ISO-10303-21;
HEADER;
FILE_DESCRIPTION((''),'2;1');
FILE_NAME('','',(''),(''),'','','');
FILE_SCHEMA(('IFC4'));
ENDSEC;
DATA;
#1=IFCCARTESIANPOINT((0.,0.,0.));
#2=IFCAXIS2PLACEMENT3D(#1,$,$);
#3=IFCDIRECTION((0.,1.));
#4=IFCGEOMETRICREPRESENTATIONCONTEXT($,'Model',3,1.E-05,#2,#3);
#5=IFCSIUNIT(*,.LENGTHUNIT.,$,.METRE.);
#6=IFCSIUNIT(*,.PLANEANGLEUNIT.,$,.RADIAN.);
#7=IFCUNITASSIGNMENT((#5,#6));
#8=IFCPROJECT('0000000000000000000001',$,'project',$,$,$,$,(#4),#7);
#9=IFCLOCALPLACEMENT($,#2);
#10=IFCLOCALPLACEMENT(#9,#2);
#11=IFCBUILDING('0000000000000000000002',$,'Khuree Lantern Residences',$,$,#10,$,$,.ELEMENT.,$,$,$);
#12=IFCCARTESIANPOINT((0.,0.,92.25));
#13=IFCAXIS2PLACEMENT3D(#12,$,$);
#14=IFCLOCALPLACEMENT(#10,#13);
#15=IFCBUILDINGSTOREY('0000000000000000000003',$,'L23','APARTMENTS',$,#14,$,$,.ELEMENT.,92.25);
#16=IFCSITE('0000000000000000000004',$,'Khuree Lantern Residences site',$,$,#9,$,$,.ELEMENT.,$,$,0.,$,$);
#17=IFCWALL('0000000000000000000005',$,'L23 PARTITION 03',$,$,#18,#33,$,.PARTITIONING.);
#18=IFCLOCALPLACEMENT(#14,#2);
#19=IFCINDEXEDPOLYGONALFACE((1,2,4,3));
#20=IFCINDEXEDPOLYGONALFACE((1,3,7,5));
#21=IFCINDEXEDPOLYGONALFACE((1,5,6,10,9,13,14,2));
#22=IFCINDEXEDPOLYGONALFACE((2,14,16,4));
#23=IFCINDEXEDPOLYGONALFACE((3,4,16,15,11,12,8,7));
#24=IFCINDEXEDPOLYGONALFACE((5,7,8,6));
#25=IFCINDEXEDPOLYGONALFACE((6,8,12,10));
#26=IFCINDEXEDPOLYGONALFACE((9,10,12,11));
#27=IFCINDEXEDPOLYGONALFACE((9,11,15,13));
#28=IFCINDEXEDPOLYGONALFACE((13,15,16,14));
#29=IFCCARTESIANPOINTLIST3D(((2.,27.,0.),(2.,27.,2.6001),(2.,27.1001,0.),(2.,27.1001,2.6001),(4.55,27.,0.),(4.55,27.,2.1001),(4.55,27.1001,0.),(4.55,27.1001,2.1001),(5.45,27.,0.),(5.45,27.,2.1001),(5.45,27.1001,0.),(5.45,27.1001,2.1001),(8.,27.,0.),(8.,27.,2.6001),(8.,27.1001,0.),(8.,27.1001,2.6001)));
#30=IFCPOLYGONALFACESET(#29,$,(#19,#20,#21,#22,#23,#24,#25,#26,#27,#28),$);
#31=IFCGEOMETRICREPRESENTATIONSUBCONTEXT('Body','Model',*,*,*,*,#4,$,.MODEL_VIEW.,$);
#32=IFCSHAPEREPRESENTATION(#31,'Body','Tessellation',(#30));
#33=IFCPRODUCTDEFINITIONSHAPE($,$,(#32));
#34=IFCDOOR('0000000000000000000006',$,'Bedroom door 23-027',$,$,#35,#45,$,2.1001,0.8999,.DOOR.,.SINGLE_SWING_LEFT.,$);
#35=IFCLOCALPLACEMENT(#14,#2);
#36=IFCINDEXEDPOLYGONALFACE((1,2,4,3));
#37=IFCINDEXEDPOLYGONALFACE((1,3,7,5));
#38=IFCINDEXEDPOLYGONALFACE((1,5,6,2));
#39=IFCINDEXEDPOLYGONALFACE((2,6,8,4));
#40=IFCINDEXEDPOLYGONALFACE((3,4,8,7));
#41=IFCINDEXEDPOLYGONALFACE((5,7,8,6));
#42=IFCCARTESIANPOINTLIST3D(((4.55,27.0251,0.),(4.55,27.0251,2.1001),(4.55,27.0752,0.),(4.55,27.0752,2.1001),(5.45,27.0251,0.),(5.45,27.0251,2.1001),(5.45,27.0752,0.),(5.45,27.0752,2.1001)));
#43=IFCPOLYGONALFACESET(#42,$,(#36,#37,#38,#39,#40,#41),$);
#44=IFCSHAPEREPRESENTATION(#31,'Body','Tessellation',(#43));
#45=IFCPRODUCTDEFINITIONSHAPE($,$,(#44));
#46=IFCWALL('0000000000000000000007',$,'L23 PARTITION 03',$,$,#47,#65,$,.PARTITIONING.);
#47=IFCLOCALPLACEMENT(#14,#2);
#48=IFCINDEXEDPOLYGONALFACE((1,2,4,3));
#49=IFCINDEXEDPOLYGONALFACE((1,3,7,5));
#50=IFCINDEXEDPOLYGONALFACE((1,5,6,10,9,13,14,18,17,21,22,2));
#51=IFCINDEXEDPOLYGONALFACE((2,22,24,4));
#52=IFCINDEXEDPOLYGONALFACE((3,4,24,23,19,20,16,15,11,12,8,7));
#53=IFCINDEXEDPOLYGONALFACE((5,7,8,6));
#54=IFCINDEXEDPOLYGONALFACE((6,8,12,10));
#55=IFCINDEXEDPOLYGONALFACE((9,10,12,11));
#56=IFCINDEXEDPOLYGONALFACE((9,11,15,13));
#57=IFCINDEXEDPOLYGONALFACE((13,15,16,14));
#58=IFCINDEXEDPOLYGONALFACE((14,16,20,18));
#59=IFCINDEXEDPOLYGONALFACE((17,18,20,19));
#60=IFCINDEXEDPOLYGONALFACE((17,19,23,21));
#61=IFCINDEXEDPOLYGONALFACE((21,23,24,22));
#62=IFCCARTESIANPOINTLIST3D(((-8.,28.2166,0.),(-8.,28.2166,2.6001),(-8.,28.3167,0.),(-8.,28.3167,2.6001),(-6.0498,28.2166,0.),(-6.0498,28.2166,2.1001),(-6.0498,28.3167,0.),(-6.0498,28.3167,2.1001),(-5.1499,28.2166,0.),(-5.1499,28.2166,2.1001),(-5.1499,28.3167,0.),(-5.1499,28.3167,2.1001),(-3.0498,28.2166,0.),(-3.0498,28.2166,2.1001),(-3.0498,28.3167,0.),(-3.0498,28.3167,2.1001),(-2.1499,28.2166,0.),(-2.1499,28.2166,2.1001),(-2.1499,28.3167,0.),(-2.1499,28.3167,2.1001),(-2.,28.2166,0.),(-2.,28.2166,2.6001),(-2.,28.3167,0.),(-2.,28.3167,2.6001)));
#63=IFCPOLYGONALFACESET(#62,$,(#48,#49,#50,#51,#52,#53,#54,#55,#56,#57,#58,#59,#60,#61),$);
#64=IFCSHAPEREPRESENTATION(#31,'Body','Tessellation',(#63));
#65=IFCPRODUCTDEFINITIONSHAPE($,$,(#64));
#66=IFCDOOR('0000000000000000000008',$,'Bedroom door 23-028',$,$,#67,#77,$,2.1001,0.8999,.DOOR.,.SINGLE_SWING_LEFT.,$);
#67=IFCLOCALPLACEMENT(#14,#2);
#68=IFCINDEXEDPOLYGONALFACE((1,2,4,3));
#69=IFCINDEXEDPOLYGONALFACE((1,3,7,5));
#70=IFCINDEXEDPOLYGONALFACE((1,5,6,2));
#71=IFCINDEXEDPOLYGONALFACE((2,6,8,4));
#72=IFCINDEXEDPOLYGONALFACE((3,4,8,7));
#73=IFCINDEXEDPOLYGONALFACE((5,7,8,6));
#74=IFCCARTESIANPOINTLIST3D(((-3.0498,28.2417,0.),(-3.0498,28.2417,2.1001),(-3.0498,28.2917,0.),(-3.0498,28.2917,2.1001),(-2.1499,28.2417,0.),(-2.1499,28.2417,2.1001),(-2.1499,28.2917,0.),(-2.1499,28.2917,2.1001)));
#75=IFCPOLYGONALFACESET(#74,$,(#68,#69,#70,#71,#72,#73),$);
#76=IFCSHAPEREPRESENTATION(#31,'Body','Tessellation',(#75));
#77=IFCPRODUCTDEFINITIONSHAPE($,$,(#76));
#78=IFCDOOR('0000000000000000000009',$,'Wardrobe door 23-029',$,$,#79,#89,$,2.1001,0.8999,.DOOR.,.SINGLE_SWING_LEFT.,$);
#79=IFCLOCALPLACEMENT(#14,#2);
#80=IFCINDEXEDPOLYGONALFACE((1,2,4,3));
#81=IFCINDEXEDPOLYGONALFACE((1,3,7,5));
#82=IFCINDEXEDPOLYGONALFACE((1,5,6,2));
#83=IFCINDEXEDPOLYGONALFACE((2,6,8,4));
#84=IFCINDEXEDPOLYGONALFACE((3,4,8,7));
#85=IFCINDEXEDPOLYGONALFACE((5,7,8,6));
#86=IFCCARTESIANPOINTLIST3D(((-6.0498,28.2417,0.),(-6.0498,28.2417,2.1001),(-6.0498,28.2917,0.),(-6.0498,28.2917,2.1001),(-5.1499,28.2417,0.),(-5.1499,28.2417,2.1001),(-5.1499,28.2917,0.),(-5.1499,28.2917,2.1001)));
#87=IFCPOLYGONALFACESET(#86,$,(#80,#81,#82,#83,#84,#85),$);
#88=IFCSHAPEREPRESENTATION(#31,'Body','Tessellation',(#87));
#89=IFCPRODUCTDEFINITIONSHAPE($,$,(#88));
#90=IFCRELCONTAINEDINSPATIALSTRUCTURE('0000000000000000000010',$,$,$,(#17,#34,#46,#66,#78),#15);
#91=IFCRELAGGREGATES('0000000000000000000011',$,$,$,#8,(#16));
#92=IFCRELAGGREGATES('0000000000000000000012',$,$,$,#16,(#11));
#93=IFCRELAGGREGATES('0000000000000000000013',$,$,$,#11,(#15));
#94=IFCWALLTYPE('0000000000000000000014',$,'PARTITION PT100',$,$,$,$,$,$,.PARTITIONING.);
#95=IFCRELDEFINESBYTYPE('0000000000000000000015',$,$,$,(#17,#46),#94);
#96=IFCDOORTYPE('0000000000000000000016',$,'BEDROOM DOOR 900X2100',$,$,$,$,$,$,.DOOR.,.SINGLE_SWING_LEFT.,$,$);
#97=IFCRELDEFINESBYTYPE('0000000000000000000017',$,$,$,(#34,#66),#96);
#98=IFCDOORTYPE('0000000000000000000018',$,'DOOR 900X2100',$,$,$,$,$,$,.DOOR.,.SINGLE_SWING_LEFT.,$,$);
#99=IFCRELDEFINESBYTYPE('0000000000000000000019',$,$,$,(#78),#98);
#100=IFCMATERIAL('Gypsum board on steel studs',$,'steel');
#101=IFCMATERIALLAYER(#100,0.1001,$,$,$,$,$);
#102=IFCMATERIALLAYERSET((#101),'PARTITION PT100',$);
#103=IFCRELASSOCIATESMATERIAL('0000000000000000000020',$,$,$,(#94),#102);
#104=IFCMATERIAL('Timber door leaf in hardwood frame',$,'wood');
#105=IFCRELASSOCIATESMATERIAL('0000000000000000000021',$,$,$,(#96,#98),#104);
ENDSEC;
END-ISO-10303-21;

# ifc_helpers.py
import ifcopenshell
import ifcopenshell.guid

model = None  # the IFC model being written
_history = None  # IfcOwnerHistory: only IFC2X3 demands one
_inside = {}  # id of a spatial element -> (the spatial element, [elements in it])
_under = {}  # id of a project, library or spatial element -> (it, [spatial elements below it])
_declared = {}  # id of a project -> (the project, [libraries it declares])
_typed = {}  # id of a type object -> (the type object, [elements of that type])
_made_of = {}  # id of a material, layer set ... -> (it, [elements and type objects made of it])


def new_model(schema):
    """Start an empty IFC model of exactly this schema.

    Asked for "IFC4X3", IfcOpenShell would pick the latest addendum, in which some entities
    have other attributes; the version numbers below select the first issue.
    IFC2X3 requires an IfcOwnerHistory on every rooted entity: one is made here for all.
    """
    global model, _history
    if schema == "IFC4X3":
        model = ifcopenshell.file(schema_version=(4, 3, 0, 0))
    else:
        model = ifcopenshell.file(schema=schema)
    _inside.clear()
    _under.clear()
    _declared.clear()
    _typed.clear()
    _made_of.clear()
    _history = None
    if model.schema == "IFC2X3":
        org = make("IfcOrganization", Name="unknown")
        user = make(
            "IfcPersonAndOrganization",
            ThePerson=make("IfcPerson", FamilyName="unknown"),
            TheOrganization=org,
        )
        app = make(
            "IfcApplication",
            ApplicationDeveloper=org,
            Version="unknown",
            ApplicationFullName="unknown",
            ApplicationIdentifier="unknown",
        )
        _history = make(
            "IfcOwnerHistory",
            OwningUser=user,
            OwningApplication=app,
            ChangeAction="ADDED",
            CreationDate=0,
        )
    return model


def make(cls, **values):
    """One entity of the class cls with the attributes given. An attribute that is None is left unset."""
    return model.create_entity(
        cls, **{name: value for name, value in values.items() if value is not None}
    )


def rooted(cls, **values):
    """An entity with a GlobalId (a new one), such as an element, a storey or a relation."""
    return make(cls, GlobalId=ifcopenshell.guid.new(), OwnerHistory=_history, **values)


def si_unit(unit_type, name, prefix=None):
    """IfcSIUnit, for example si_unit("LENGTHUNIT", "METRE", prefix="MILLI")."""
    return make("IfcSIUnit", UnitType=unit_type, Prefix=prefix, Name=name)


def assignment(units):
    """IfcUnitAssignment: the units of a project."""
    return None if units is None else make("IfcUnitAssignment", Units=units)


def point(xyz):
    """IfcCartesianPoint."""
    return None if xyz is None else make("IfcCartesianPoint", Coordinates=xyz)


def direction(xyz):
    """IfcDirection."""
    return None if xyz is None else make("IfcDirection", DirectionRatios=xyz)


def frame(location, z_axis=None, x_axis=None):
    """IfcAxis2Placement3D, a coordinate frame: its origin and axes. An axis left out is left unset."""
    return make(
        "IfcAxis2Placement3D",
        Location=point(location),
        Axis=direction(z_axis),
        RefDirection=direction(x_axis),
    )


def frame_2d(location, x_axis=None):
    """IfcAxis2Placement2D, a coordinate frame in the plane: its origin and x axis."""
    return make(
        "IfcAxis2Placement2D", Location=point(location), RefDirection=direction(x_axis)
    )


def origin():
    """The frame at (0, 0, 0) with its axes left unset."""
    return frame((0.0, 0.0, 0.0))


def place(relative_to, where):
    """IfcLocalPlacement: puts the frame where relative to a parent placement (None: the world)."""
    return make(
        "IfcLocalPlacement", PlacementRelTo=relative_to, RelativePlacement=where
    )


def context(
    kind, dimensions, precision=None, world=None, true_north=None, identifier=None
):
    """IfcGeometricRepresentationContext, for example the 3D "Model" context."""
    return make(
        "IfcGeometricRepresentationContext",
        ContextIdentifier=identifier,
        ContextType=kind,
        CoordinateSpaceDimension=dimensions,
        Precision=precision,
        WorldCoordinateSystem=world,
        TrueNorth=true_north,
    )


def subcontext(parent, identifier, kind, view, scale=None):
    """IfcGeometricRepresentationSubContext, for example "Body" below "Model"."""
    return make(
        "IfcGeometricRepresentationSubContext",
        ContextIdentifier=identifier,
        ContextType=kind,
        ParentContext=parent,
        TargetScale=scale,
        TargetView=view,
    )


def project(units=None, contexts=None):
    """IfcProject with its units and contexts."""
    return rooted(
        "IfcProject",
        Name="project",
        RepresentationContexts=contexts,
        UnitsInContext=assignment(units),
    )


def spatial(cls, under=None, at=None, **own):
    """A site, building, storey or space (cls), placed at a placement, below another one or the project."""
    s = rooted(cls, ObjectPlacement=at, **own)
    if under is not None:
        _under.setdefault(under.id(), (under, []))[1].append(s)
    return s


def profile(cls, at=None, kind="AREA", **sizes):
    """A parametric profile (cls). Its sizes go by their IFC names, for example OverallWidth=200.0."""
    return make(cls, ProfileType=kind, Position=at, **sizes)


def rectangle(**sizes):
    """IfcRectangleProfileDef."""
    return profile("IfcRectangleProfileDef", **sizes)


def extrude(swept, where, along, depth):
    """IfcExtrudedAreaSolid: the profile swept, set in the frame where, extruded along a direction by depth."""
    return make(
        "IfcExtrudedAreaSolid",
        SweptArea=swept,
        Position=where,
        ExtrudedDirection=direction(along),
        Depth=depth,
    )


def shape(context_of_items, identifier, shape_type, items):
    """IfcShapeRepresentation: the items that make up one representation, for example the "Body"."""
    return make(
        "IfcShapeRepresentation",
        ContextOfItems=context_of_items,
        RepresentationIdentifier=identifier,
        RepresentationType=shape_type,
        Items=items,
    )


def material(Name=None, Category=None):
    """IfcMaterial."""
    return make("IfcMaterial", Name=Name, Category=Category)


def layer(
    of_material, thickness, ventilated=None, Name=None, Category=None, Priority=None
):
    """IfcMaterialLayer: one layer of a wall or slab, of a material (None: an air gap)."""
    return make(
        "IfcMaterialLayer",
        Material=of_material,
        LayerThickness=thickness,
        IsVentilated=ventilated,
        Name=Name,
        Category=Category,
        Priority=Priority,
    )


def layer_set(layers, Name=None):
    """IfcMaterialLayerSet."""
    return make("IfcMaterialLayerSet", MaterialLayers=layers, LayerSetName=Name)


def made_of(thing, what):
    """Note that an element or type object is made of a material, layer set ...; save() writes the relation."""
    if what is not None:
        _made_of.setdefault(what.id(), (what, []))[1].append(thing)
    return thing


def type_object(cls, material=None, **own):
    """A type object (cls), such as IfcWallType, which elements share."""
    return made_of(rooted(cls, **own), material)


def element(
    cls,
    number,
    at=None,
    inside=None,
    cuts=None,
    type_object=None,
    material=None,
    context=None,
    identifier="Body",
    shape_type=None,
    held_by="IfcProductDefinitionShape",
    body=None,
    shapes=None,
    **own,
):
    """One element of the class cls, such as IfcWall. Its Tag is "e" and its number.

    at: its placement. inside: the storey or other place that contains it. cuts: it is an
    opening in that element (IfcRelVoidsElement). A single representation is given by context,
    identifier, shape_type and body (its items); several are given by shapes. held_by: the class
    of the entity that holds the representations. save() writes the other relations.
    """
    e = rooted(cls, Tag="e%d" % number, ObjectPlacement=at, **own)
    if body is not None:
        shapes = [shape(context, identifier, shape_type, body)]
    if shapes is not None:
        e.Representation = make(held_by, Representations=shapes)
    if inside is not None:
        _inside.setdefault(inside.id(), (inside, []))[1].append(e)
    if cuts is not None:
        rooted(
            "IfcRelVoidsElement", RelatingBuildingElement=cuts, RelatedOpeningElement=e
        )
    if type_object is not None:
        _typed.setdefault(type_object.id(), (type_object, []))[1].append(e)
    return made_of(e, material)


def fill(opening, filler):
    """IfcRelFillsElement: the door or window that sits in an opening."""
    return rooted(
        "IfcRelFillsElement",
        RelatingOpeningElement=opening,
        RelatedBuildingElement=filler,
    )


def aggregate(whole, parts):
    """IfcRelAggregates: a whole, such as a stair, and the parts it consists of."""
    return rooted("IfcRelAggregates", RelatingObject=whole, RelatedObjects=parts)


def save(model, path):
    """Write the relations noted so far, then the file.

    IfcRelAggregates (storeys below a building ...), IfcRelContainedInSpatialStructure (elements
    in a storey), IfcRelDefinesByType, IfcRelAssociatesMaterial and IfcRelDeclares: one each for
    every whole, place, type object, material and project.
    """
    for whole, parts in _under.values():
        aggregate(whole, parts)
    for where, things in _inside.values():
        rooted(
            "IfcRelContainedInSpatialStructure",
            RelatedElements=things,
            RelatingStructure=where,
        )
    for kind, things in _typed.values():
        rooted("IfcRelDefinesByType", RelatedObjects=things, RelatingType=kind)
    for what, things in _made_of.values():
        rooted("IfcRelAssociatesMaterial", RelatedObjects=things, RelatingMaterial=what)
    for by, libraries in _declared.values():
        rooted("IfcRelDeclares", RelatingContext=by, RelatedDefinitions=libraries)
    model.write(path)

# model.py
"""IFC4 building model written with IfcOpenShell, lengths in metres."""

from ifc_helpers import new_model, si_unit, direction, frame, frame_2d, origin, place, context, subcontext, project, spatial, rectangle, extrude, material, layer, layer_set, type_object, element, fill, save


model = new_model("IFC4")

# Units and contexts
model_context = context("Model", 3, precision=1e-05, world=origin(), true_north=direction((0.0, 1.0)))
body_context = subcontext(model_context, "Body", "Model", "MODEL_VIEW")
ifc_project = project(units=[si_unit("LENGTHUNIT", "METRE"), si_unit("PLANEANGLEUNIT", "RADIAN")], contexts=[model_context])

# Site, building, storey
site_placement = place(None, origin())
site = spatial("IfcSite", under=ifc_project, at=site_placement, Name="Khuree Lantern Residences site", CompositionType="ELEMENT", RefElevation=0.0)
building_placement = place(site_placement, origin())
building = spatial("IfcBuilding", under=site, at=building_placement, Name="Khuree Lantern Residences", CompositionType="ELEMENT")
storey_placement = place(building_placement, frame((0.0, 0.0, 92.25)))
storey = spatial("IfcBuildingStorey", under=building, at=storey_placement, Name="L23", Description="APARTMENTS", CompositionType="ELEMENT", Elevation=92.25)

# Shared definitions
ifc_material_1 = material(Name="Timber door leaf in hardwood frame", Category="wood")

# Shared definitions
ifc_material_2 = material(Name="Gypsum board on steel studs", Category="steel")
ifc_layer_1 = layer(ifc_material_2, 0.1001)
ifc_layer_set_1 = layer_set([ifc_layer_1], Name="PARTITION PT100")
wall_type_1 = type_object("IfcWallType", Name="PARTITION PT100", PredefinedType="PARTITIONING", material=ifc_layer_set_1)

# Wall, opening, door
door_type_1 = type_object("IfcDoorType", Name="BEDROOM DOOR 900X2100", OperationType="SINGLE_SWING_LEFT", PredefinedType="DOOR", material=ifc_material_1)
wall_1_placement = place(storey_placement, frame((8.0, 27.05, 0.0), z_axis=(0.0, 0.0, 1.0), x_axis=(-1.0, 0.0, 0.0)))
wall_1 = element("IfcWall", 1, at=wall_1_placement, inside=storey, type_object=wall_type_1, Name="L23 PARTITION 03", PredefinedType="PARTITIONING", context=body_context, shape_type="SweptSolid", body=[
    extrude(rectangle(XDim=6.0, YDim=0.1001, at=frame_2d((3.0, 0.0))), origin(), (0.0, 0.0, 1.0), 2.6001),
])
opening_1_placement = place(wall_1_placement, frame((2.55, 0.0, 0.0)))
opening_1 = element("IfcOpeningElement", 2, at=opening_1_placement, cuts=wall_1, PredefinedType="OPENING", context=body_context, shape_type="SweptSolid", body=[
    extrude(rectangle(XDim=0.8999, YDim=2.1001, at=frame_2d((0.45, 1.05))), frame((0.0, 0.0601, 0.0), z_axis=(0.0, -1.0, 0.0), x_axis=(1.0, 0.0, 0.0)), (0.0, 0.0, 1.0), 0.1201),
])
door_1_placement = place(opening_1_placement, origin())
door_1 = element("IfcDoor", 3, at=door_1_placement, inside=storey, type_object=door_type_1, Name="Bedroom door 23-027", OperationType="SINGLE_SWING_LEFT", OverallHeight=2.1001, OverallWidth=0.8999, PredefinedType="DOOR", context=body_context, shape_type="SweptSolid", body=[
    extrude(rectangle(XDim=0.8999, YDim=2.1001, at=frame_2d((0.45, 1.05))), frame((0.0, 0.0249, 0.0), z_axis=(0.0, -1.0, 0.0), x_axis=(1.0, 0.0, 0.0)), (0.0, 0.0, 1.0), 0.05),
])
fill(opening_1, door_1)

# Wall, openings, doors
wall_2_placement = place(storey_placement, frame((-2.0, 28.2666, 0.0), z_axis=(0.0, 0.0, 1.0), x_axis=(-1.0, 0.0, 0.0)))
wall_2 = element("IfcWall", 4, at=wall_2_placement, inside=storey, type_object=wall_type_1, Name="L23 PARTITION 03", PredefinedType="PARTITIONING", context=body_context, shape_type="SweptSolid", body=[
    extrude(rectangle(XDim=6.0, YDim=0.1001, at=frame_2d((3.0, 0.0))), origin(), (0.0, 0.0, 1.0), 2.6001),
])
opening_2_placement = place(wall_2_placement, frame((0.1499, 0.0, 0.0)))
opening_2 = element("IfcOpeningElement", 5, at=opening_2_placement, cuts=wall_2, PredefinedType="OPENING", context=body_context, shape_type="SweptSolid", body=[
    extrude(rectangle(XDim=0.8999, YDim=2.1001, at=frame_2d((0.45, 1.05))), frame((0.0, 0.0601, 0.0), z_axis=(0.0, -1.0, 0.0), x_axis=(1.0, 0.0, 0.0)), (0.0, 0.0, 1.0), 0.1201),
])
opening_3_placement = place(wall_2_placement, frame((3.1499, 0.0, 0.0)))
opening_3 = element("IfcOpeningElement", 6, at=opening_3_placement, cuts=wall_2, PredefinedType="OPENING", context=body_context, shape_type="SweptSolid", body=[
    extrude(rectangle(XDim=0.8999, YDim=2.1001, at=frame_2d((0.45, 1.05))), frame((0.0, 0.0601, 0.0), z_axis=(0.0, -1.0, 0.0), x_axis=(1.0, 0.0, 0.0)), (0.0, 0.0, 1.0), 0.1201),
])
door_2_placement = place(opening_2_placement, origin())
door_2 = element("IfcDoor", 7, at=door_2_placement, inside=storey, type_object=door_type_1, Name="Bedroom door 23-028", OperationType="SINGLE_SWING_LEFT", OverallHeight=2.1001, OverallWidth=0.8999, PredefinedType="DOOR", context=body_context, shape_type="SweptSolid", body=[
    extrude(rectangle(XDim=0.8999, YDim=2.1001, at=frame_2d((0.45, 1.05))), frame((0.0, 0.0249, 0.0), z_axis=(0.0, -1.0, 0.0), x_axis=(1.0, 0.0, 0.0)), (0.0, 0.0, 1.0), 0.05),
])
fill(opening_2, door_2)
door_type_2 = type_object("IfcDoorType", Name="DOOR 900X2100", OperationType="SINGLE_SWING_LEFT", PredefinedType="DOOR", material=ifc_material_1)
door_3_placement = place(opening_3_placement, origin())
door_3 = element("IfcDoor", 8, at=door_3_placement, inside=storey, type_object=door_type_2, Name="Wardrobe door 23-029", OperationType="SINGLE_SWING_LEFT", OverallHeight=2.1001, OverallWidth=0.8999, PredefinedType="DOOR", context=body_context, shape_type="SweptSolid", body=[
    extrude(rectangle(XDim=0.8999, YDim=2.1001, at=frame_2d((0.45, 1.05))), frame((0.0, 0.0249, 0.0), z_axis=(0.0, -1.0, 0.0), x_axis=(1.0, 0.0, 0.0)), (0.0, 0.0, 1.0), 0.05),
])
fill(opening_3, door_3)

save(model, "model.ifc")
